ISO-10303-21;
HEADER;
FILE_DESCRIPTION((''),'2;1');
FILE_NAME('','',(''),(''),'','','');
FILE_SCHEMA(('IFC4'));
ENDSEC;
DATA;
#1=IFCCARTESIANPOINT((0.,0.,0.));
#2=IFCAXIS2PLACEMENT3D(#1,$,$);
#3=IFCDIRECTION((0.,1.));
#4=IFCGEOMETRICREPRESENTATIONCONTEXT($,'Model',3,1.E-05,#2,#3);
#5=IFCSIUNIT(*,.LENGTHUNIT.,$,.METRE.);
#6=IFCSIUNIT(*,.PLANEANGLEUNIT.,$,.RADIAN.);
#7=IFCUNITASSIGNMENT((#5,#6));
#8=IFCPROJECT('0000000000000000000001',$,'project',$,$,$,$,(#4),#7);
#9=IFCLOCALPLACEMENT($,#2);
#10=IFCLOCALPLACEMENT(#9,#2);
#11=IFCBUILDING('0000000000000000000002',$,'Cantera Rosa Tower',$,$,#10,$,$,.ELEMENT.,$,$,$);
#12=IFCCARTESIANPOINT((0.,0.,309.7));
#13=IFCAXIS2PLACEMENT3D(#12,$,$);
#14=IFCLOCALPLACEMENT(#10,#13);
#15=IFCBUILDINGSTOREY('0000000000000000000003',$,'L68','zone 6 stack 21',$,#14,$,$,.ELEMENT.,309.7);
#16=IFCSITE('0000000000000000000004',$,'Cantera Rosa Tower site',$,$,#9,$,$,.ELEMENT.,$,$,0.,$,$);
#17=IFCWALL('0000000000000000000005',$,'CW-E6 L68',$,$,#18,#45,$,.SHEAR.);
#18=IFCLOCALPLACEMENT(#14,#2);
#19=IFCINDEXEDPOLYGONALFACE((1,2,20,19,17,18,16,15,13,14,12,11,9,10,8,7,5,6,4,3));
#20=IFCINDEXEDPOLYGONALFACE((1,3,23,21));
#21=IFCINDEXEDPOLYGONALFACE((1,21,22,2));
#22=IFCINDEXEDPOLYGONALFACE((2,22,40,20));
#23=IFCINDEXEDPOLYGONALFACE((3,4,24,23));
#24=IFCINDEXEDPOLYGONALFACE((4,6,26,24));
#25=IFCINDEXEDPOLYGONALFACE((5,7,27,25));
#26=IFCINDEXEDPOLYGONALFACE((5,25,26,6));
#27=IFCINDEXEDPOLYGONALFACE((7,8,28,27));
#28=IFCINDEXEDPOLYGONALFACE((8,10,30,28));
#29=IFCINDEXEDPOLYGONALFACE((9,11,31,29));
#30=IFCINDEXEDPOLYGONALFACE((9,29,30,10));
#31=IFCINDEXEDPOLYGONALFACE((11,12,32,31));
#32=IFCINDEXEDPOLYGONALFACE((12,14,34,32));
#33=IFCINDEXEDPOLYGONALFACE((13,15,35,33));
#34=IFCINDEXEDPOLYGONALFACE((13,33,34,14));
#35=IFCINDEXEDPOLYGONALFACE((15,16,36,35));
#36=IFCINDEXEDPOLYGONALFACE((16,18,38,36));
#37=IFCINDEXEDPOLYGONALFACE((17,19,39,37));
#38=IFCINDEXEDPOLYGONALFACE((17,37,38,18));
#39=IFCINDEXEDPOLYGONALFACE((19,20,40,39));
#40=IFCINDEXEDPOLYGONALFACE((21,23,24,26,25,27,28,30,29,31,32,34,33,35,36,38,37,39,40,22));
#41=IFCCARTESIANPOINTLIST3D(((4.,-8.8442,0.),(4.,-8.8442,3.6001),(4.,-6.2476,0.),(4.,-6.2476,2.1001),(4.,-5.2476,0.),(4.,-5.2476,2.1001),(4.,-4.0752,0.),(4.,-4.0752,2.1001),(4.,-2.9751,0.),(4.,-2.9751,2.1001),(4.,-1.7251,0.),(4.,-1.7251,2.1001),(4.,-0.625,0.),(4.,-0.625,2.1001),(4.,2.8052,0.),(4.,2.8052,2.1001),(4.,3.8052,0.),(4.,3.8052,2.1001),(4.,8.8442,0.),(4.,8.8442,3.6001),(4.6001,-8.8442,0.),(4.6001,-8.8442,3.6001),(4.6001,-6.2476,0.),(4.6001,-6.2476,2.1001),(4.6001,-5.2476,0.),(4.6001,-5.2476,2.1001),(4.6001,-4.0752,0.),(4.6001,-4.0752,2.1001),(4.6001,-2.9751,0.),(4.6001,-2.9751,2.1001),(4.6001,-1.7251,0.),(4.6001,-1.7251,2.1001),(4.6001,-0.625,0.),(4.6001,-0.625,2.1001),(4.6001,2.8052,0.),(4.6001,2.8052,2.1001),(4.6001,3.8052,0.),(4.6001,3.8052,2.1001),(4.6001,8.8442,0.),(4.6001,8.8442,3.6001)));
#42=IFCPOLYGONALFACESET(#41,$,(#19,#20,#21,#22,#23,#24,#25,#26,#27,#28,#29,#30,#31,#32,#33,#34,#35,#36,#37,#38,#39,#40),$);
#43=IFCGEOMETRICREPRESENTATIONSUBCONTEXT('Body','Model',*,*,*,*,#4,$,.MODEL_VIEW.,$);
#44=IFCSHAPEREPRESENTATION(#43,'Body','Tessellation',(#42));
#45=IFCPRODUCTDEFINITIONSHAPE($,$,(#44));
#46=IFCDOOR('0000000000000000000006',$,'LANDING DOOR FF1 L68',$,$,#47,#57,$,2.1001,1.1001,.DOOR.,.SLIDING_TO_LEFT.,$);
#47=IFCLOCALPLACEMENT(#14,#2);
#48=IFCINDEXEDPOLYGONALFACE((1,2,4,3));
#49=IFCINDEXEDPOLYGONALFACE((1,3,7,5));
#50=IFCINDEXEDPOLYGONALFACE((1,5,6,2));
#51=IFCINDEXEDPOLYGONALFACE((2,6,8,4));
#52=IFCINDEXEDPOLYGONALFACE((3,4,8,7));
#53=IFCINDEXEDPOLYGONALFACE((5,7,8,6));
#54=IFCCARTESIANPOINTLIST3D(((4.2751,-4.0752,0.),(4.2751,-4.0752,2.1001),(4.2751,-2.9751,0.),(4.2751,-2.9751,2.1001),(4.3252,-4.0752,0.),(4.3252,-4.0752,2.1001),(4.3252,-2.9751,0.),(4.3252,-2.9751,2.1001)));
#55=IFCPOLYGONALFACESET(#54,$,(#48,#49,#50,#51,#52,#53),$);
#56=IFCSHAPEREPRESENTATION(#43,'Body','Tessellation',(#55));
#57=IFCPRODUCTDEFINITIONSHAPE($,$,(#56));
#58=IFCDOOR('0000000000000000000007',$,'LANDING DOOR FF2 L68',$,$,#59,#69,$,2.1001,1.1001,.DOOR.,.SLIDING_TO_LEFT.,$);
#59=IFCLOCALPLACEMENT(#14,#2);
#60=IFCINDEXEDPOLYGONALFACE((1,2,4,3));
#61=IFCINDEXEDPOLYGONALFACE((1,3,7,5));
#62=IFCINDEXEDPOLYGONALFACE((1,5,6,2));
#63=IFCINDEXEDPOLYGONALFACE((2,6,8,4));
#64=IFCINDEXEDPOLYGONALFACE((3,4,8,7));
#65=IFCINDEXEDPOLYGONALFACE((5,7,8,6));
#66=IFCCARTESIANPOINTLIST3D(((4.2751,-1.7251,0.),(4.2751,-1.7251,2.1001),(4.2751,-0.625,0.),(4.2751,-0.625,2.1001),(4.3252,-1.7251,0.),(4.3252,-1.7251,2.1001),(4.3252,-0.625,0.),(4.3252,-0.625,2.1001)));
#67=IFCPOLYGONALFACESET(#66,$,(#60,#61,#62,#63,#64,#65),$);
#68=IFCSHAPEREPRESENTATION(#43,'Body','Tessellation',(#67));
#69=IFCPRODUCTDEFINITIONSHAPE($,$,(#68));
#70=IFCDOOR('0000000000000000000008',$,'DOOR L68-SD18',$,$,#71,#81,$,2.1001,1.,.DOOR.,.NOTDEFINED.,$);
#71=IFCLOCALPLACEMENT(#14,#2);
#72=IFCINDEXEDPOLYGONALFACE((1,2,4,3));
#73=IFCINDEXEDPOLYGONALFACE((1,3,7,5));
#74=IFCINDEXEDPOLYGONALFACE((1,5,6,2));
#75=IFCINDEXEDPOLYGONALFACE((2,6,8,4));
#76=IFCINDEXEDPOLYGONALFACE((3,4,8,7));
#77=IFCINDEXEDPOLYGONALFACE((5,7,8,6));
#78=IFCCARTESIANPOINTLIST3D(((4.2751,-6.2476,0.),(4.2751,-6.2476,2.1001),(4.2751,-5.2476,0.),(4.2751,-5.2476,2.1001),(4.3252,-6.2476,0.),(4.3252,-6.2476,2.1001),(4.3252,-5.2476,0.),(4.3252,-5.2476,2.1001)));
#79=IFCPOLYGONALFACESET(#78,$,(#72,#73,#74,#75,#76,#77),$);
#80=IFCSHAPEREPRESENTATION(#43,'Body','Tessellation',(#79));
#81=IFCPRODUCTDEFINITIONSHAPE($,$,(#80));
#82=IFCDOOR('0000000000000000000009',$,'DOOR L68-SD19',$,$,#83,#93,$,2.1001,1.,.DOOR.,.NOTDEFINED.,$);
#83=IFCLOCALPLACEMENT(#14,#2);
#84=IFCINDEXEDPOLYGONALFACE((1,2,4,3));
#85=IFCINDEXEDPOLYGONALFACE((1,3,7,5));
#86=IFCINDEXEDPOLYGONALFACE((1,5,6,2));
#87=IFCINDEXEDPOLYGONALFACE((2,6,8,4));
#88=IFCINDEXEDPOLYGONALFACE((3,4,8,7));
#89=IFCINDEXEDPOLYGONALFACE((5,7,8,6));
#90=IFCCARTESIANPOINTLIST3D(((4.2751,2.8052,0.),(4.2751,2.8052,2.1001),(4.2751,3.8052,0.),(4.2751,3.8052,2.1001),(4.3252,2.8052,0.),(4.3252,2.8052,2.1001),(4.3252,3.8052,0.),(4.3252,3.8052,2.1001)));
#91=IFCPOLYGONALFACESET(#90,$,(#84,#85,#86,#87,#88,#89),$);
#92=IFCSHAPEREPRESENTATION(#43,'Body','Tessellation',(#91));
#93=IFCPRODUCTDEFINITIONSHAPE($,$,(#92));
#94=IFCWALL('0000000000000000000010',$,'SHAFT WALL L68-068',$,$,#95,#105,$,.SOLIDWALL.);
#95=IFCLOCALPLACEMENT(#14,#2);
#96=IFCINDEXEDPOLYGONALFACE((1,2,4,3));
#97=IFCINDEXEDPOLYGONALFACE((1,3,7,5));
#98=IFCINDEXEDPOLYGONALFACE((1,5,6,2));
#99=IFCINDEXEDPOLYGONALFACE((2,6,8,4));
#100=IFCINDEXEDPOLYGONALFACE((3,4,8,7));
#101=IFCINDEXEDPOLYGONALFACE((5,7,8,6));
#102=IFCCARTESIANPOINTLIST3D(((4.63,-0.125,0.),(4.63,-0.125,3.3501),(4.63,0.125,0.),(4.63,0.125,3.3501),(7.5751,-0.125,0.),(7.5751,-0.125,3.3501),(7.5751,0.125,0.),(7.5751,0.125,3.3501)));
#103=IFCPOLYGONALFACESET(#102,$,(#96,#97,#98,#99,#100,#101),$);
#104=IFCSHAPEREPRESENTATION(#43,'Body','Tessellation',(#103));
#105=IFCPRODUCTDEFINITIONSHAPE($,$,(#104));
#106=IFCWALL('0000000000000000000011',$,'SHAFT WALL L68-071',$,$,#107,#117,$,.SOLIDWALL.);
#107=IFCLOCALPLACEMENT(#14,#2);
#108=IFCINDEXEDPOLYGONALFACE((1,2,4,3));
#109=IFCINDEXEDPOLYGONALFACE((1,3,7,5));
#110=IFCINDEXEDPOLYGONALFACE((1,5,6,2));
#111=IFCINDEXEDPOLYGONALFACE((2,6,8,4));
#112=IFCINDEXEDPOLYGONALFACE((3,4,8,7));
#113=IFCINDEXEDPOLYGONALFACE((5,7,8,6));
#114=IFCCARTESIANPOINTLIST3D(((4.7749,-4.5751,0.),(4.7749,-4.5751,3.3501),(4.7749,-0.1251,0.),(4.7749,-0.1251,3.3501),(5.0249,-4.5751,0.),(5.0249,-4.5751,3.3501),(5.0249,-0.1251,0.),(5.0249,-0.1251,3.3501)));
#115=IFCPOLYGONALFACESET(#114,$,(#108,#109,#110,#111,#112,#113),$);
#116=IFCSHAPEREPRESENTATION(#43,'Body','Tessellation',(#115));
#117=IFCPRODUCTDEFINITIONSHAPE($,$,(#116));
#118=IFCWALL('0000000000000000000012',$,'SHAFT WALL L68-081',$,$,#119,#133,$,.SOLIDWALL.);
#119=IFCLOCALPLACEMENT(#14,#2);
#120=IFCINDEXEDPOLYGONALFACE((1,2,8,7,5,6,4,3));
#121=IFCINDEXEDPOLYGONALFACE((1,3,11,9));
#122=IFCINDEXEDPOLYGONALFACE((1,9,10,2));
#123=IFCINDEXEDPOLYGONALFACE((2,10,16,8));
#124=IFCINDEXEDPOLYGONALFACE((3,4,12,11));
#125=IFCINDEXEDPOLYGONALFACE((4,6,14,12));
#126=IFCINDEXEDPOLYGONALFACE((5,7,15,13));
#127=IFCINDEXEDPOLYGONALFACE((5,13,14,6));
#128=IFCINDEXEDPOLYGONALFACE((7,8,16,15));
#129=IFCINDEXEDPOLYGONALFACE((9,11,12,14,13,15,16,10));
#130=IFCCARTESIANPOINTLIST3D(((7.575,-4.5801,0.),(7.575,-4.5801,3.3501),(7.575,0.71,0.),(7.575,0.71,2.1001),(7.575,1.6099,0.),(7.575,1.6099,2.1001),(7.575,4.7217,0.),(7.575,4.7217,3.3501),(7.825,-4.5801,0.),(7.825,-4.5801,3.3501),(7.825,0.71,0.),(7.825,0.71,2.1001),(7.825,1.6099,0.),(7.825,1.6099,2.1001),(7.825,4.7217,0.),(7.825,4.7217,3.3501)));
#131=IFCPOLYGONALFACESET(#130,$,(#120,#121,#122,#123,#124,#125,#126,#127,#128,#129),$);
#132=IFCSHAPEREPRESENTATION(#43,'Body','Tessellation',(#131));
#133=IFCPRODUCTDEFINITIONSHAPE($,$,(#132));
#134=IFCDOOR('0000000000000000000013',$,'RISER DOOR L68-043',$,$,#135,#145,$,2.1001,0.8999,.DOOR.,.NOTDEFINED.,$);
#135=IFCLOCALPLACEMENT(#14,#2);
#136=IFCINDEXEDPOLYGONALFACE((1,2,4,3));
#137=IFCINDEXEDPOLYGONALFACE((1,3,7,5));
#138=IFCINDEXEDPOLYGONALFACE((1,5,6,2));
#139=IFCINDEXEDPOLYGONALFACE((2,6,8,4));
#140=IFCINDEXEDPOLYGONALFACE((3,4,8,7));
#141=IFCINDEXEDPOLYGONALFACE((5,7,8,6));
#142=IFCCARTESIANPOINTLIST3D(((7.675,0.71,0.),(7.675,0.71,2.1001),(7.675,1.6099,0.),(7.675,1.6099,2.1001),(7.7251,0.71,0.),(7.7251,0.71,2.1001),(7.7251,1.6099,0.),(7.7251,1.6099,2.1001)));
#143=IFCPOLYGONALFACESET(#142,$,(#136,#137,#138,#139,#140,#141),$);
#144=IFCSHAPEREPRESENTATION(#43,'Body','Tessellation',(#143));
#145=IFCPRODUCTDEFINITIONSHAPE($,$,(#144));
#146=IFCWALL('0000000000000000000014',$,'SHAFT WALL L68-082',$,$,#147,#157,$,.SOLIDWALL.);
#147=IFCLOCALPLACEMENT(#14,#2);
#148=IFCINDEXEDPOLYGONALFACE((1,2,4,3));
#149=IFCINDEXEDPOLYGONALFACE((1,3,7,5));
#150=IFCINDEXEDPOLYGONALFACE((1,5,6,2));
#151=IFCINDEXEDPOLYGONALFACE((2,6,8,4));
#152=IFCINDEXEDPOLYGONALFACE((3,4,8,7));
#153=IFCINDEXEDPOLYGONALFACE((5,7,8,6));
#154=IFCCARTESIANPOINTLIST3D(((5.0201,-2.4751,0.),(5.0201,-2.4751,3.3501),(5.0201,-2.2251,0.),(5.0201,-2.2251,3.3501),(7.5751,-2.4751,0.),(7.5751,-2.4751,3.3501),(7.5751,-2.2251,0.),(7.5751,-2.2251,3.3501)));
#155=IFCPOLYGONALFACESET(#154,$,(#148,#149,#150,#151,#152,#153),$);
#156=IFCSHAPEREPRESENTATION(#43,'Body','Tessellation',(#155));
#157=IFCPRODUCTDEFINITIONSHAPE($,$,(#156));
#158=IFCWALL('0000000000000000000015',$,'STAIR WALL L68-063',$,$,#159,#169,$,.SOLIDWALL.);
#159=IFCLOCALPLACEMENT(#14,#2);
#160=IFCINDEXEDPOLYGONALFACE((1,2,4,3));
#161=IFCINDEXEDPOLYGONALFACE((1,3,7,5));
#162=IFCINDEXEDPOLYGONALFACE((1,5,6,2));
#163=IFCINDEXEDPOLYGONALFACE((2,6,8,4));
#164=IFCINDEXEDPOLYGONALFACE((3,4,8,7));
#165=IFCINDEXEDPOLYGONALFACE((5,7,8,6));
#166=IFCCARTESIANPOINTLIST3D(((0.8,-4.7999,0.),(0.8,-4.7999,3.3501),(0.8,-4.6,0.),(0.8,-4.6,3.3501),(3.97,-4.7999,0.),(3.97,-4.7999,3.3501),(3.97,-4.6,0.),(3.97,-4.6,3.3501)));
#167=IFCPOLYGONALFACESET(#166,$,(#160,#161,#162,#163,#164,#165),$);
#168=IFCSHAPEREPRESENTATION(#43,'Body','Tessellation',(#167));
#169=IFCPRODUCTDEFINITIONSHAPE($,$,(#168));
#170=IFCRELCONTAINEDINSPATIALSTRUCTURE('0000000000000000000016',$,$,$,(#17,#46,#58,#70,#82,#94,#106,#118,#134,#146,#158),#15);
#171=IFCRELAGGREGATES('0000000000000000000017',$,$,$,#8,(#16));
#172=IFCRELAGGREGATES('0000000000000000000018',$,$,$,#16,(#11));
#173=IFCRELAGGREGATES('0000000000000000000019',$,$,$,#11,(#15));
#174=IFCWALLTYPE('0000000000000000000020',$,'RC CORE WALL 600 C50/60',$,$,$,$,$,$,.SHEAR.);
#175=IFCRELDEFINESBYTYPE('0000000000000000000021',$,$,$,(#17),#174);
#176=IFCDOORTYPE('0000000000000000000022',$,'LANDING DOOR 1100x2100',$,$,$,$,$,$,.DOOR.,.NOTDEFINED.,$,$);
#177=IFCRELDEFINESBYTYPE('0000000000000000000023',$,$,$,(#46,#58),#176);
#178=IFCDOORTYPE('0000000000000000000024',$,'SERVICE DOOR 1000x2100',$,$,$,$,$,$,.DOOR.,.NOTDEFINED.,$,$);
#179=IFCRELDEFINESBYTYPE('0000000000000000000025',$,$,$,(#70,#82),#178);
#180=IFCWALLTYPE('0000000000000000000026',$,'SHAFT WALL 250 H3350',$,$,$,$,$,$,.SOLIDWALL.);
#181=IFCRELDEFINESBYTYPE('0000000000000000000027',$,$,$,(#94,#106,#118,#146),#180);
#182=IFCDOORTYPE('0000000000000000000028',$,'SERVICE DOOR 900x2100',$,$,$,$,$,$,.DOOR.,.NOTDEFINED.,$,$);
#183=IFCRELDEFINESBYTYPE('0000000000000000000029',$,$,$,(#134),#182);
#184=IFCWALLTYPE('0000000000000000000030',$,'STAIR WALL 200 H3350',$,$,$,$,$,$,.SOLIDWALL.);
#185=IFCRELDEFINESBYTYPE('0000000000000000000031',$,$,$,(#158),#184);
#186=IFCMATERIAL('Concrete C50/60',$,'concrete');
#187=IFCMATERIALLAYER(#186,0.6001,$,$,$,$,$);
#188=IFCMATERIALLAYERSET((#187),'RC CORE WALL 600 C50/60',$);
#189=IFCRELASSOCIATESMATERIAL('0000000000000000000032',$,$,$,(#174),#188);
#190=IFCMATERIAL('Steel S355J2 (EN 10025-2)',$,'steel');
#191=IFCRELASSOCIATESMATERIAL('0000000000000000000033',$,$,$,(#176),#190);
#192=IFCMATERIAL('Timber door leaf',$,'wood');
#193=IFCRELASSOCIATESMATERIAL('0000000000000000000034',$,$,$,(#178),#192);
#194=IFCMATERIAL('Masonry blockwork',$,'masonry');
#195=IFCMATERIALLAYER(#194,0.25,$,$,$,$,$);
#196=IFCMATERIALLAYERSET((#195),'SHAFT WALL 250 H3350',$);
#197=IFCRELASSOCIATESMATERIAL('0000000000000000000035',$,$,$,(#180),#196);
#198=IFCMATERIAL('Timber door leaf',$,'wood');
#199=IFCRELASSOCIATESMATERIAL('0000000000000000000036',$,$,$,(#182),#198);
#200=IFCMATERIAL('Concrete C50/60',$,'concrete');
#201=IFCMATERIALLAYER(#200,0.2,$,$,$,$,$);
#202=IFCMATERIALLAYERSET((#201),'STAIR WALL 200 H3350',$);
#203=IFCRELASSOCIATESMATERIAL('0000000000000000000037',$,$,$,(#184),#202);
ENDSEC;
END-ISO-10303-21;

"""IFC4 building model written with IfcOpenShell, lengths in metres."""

from ifc_helpers import new_model, si_unit, direction, frame, frame_2d, origin, place, context, subcontext, project, spatial, rectangle, extrude, material, layer, layer_set, type_object, element, fill, save


model = new_model("IFC4")

# Units and contexts
model_context = context("Model", 3, precision=1e-05, world=origin(), true_north=direction((0.0, 1.0)))
body_context = subcontext(model_context, "Body", "Model", "MODEL_VIEW")
ifc_project = project(units=[si_unit("LENGTHUNIT", "METRE"), si_unit("PLANEANGLEUNIT", "RADIAN")], contexts=[model_context])

# Site, building, storey
site_placement = place(None, origin())
site = spatial("IfcSite", under=ifc_project, at=site_placement, Name="Cantera Rosa Tower site", CompositionType="ELEMENT", RefElevation=0.0)
building_placement = place(site_placement, origin())
building = spatial("IfcBuilding", under=site, at=building_placement, Name="Cantera Rosa Tower", CompositionType="ELEMENT")
storey_placement = place(building_placement, frame((0.0, 0.0, 309.7)))
storey = spatial("IfcBuildingStorey", under=building, at=storey_placement, Name="L68", Description="zone 6 stack 21", CompositionType="ELEMENT", Elevation=309.7)

# Shared definitions
ifc_material_1 = material(Name="Concrete C50/60", Category="concrete")
ifc_layer_1 = layer(ifc_material_1, 0.6001)
ifc_layer_set_1 = layer_set([ifc_layer_1], Name="RC CORE WALL 600 C50/60")
wall_type_1 = type_object("IfcWallType", Name="RC CORE WALL 600 C50/60", PredefinedType="SHEAR", material=ifc_layer_set_1)

# Wall, openings, doors
wall_1_placement = place(storey_placement, frame((4.3, -8.8442, 0.0), z_axis=(0.0, 0.0, 1.0), x_axis=(0.0, 1.0, 0.0)))
wall_1 = element("IfcWall", 1, at=wall_1_placement, inside=storey, type_object=wall_type_1, Name="CW-E6 L68", PredefinedType="SHEAR", context=body_context, shape_type="SweptSolid", body=[
    extrude(rectangle(XDim=17.6885, YDim=0.6001, at=frame_2d((8.8442, 0.0))), origin(), (0.0, 0.0, 1.0), 3.6001),
])
opening_1_placement = place(wall_1_placement, frame((4.769, 0.0, 0.0)))
opening_1 = element("IfcOpeningElement", 2, at=opening_1_placement, cuts=wall_1, PredefinedType="OPENING", context=body_context, shape_type="SweptSolid", body=[
    extrude(rectangle(XDim=1.1001, YDim=2.1001, at=frame_2d((0.55, 1.05))), frame((0.0, 0.3101, 0.0), z_axis=(0.0, -1.0, 0.0), x_axis=(1.0, 0.0, 0.0)), (0.0, 0.0, 1.0), 0.6201),
])
opening_2_placement = place(wall_1_placement, frame((7.1191, 0.0, 0.0)))
opening_2 = element("IfcOpeningElement", 3, at=opening_2_placement, cuts=wall_1, PredefinedType="OPENING", context=body_context, shape_type="SweptSolid", body=[
    extrude(rectangle(XDim=1.1001, YDim=2.1001, at=frame_2d((0.55, 1.05))), frame((0.0, 0.3101, 0.0), z_axis=(0.0, -1.0, 0.0), x_axis=(1.0, 0.0, 0.0)), (0.0, 0.0, 1.0), 0.6201),
])
opening_3_placement = place(wall_1_placement, frame((2.5967, 0.0, 0.0)))
opening_3 = element("IfcOpeningElement", 4, at=opening_3_placement, cuts=wall_1, PredefinedType="OPENING", context=body_context, shape_type="SweptSolid", body=[
    extrude(rectangle(XDim=1.0, YDim=2.1001, at=frame_2d((0.5, 1.05))), frame((0.0, 0.3101, 0.0), z_axis=(0.0, -1.0, 0.0), x_axis=(1.0, 0.0, 0.0)), (0.0, 0.0, 1.0), 0.6201),
])
opening_4_placement = place(wall_1_placement, frame((11.6494, 0.0, 0.0)))
opening_4 = element("IfcOpeningElement", 5, at=opening_4_placement, cuts=wall_1, PredefinedType="OPENING", context=body_context, shape_type="SweptSolid", body=[
    extrude(rectangle(XDim=1.0, YDim=2.1001, at=frame_2d((0.5, 1.05))), frame((0.0, 0.3101, 0.0), z_axis=(0.0, -1.0, 0.0), x_axis=(1.0, 0.0, 0.0)), (0.0, 0.0, 1.0), 0.6201),
])
ifc_material_2 = material(Name="Steel S355J2 (EN 10025-2)", Category="steel")
door_type_1 = type_object("IfcDoorType", Name="LANDING DOOR 1100x2100", OperationType="NOTDEFINED", PredefinedType="DOOR", material=ifc_material_2)
door_1_placement = place(opening_1_placement, origin())
door_1 = element("IfcDoor", 6, at=door_1_placement, inside=storey, type_object=door_type_1, Name="LANDING DOOR FF1 L68", OperationType="SLIDING_TO_LEFT", OverallHeight=2.1001, OverallWidth=1.1001, PredefinedType="DOOR", context=body_context, shape_type="SweptSolid", body=[
    extrude(rectangle(XDim=1.1001, YDim=2.1001, at=frame_2d((0.55, 1.05))), frame((0.0, 0.0249, 0.0), z_axis=(0.0, -1.0, 0.0), x_axis=(1.0, 0.0, 0.0)), (0.0, 0.0, 1.0), 0.05),
])
fill(opening_1, door_1)
door_2_placement = place(opening_2_placement, origin())
door_2 = element("IfcDoor", 7, at=door_2_placement, inside=storey, type_object=door_type_1, Name="LANDING DOOR FF2 L68", OperationType="SLIDING_TO_LEFT", OverallHeight=2.1001, OverallWidth=1.1001, PredefinedType="DOOR", context=body_context, shape_type="SweptSolid", body=[
    extrude(rectangle(XDim=1.1001, YDim=2.1001, at=frame_2d((0.55, 1.05))), frame((0.0, 0.0249, 0.0), z_axis=(0.0, -1.0, 0.0), x_axis=(1.0, 0.0, 0.0)), (0.0, 0.0, 1.0), 0.05),
])
fill(opening_2, door_2)
ifc_material_3 = material(Name="Timber door leaf", Category="wood")
door_type_2 = type_object("IfcDoorType", Name="SERVICE DOOR 1000x2100", OperationType="NOTDEFINED", PredefinedType="DOOR", material=ifc_material_3)
door_3_placement = place(opening_3_placement, origin())
door_3 = element("IfcDoor", 8, at=door_3_placement, inside=storey, type_object=door_type_2, Name="DOOR L68-SD18", OperationType="NOTDEFINED", OverallHeight=2.1001, OverallWidth=1.0, PredefinedType="DOOR", context=body_context, shape_type="SweptSolid", body=[
    extrude(rectangle(XDim=1.0, YDim=2.1001, at=frame_2d((0.5, 1.05))), frame((0.0, 0.0249, 0.0), z_axis=(0.0, -1.0, 0.0), x_axis=(1.0, 0.0, 0.0)), (0.0, 0.0, 1.0), 0.05),
])
fill(opening_3, door_3)
door_4_placement = place(opening_4_placement, origin())
door_4 = element("IfcDoor", 9, at=door_4_placement, inside=storey, type_object=door_type_2, Name="DOOR L68-SD19", OperationType="NOTDEFINED", OverallHeight=2.1001, OverallWidth=1.0, PredefinedType="DOOR", context=body_context, shape_type="SweptSolid", body=[
    extrude(rectangle(XDim=1.0, YDim=2.1001, at=frame_2d((0.5, 1.05))), frame((0.0, 0.0249, 0.0), z_axis=(0.0, -1.0, 0.0), x_axis=(1.0, 0.0, 0.0)), (0.0, 0.0, 1.0), 0.05),
])
fill(opening_4, door_4)

# Walls
ifc_material_4 = material(Name="Masonry blockwork", Category="masonry")
ifc_layer_2 = layer(ifc_material_4, 0.25)
ifc_layer_set_2 = layer_set([ifc_layer_2], Name="SHAFT WALL 250 H3350")
wall_type_2 = type_object("IfcWallType", Name="SHAFT WALL 250 H3350", PredefinedType="SOLIDWALL", material=ifc_layer_set_2)
wall_2_placement = place(storey_placement, frame((4.6299, 0.0, 0.0), z_axis=(0.0, 0.0, 1.0), x_axis=(1.0, 0.0, 0.0)))
element("IfcWall", 10, at=wall_2_placement, inside=storey, type_object=wall_type_2, Name="SHAFT WALL L68-068", PredefinedType="SOLIDWALL", context=body_context, shape_type="SweptSolid", body=[
    extrude(rectangle(XDim=2.9451, YDim=0.25, at=frame_2d((1.4727, 0.0))), origin(), (0.0, 0.0, 1.0), 3.3501),
])
wall_3_placement = place(storey_placement, frame((4.8999, -0.125, 0.0), z_axis=(0.0, 0.0, 1.0), x_axis=(0.0, -1.0, 0.0)))
element("IfcWall", 11, at=wall_3_placement, inside=storey, type_object=wall_type_2, Name="SHAFT WALL L68-071", PredefinedType="SOLIDWALL", context=body_context, shape_type="SweptSolid", body=[
    extrude(rectangle(XDim=4.45, YDim=0.25, at=frame_2d((2.2251, 0.0))), origin(), (0.0, 0.0, 1.0), 3.3501),
])

# Wall, opening, door
wall_4_placement = place(storey_placement, frame((7.7, -4.5801, 0.0), z_axis=(0.0, 0.0, 1.0), x_axis=(0.0, 1.0, 0.0)))
wall_4 = element("IfcWall", 12, at=wall_4_placement, inside=storey, type_object=wall_type_2, Name="SHAFT WALL L68-081", PredefinedType="SOLIDWALL", context=body_context, shape_type="SweptSolid", body=[
    extrude(rectangle(XDim=9.3018, YDim=0.25, at=frame_2d((4.6509, 0.0))), origin(), (0.0, 0.0, 1.0), 3.3501),
])
opening_5_placement = place(wall_4_placement, frame((5.29, 0.0, 0.0)))
opening_5 = element("IfcOpeningElement", 13, at=opening_5_placement, cuts=wall_4, PredefinedType="OPENING", context=body_context, shape_type="SweptSolid", body=[
    extrude(rectangle(XDim=0.8999, YDim=2.1001, at=frame_2d((0.45, 1.05))), frame((0.0, 0.135, 0.0), z_axis=(0.0, -1.0, 0.0), x_axis=(1.0, 0.0, 0.0)), (0.0, 0.0, 1.0), 0.27),
])
ifc_material_5 = material(Name="Timber door leaf", Category="wood")
door_type_3 = type_object("IfcDoorType", Name="SERVICE DOOR 900x2100", OperationType="NOTDEFINED", PredefinedType="DOOR", material=ifc_material_5)
door_5_placement = place(opening_5_placement, origin())
door_5 = element("IfcDoor", 14, at=door_5_placement, inside=storey, type_object=door_type_3, Name="RISER DOOR L68-043", OperationType="NOTDEFINED", OverallHeight=2.1001, OverallWidth=0.8999, PredefinedType="DOOR", context=body_context, shape_type="SweptSolid", body=[
    extrude(rectangle(XDim=0.8999, YDim=2.1001, at=frame_2d((0.45, 1.05))), frame((0.0, 0.0249, 0.0), z_axis=(0.0, -1.0, 0.0), x_axis=(1.0, 0.0, 0.0)), (0.0, 0.0, 1.0), 0.05),
])
fill(opening_5, door_5)

# Walls
wall_5_placement = place(storey_placement, frame((7.575, -2.3501, 0.0), z_axis=(0.0, 0.0, 1.0), x_axis=(-1.0, 0.0, 0.0)))
element("IfcWall", 15, at=wall_5_placement, inside=storey, type_object=wall_type_2, Name="SHAFT WALL L68-082", PredefinedType="SOLIDWALL", context=body_context, shape_type="SweptSolid", body=[
    extrude(rectangle(XDim=2.5549, YDim=0.25, at=frame_2d((1.2773, 0.0))), origin(), (0.0, 0.0, 1.0), 3.3501),
])
ifc_material_6 = material(Name="Concrete C50/60", Category="concrete")
ifc_layer_3 = layer(ifc_material_6, 0.2)
ifc_layer_set_3 = layer_set([ifc_layer_3], Name="STAIR WALL 200 H3350")
wall_type_3 = type_object("IfcWallType", Name="STAIR WALL 200 H3350", PredefinedType="SOLIDWALL", material=ifc_layer_set_3)
wall_6_placement = place(storey_placement, frame((3.97, -4.7, 0.0), z_axis=(0.0, 0.0, 1.0), x_axis=(-1.0, 0.0, 0.0)))
element("IfcWall", 16, at=wall_6_placement, inside=storey, type_object=wall_type_3, Name="STAIR WALL L68-063", PredefinedType="SOLIDWALL", context=body_context, shape_type="SweptSolid", body=[
    extrude(rectangle(XDim=3.1699, YDim=0.2, at=frame_2d((1.585, 0.0))), origin(), (0.0, 0.0, 1.0), 3.3501),
])

save(model, "model.ifc")
